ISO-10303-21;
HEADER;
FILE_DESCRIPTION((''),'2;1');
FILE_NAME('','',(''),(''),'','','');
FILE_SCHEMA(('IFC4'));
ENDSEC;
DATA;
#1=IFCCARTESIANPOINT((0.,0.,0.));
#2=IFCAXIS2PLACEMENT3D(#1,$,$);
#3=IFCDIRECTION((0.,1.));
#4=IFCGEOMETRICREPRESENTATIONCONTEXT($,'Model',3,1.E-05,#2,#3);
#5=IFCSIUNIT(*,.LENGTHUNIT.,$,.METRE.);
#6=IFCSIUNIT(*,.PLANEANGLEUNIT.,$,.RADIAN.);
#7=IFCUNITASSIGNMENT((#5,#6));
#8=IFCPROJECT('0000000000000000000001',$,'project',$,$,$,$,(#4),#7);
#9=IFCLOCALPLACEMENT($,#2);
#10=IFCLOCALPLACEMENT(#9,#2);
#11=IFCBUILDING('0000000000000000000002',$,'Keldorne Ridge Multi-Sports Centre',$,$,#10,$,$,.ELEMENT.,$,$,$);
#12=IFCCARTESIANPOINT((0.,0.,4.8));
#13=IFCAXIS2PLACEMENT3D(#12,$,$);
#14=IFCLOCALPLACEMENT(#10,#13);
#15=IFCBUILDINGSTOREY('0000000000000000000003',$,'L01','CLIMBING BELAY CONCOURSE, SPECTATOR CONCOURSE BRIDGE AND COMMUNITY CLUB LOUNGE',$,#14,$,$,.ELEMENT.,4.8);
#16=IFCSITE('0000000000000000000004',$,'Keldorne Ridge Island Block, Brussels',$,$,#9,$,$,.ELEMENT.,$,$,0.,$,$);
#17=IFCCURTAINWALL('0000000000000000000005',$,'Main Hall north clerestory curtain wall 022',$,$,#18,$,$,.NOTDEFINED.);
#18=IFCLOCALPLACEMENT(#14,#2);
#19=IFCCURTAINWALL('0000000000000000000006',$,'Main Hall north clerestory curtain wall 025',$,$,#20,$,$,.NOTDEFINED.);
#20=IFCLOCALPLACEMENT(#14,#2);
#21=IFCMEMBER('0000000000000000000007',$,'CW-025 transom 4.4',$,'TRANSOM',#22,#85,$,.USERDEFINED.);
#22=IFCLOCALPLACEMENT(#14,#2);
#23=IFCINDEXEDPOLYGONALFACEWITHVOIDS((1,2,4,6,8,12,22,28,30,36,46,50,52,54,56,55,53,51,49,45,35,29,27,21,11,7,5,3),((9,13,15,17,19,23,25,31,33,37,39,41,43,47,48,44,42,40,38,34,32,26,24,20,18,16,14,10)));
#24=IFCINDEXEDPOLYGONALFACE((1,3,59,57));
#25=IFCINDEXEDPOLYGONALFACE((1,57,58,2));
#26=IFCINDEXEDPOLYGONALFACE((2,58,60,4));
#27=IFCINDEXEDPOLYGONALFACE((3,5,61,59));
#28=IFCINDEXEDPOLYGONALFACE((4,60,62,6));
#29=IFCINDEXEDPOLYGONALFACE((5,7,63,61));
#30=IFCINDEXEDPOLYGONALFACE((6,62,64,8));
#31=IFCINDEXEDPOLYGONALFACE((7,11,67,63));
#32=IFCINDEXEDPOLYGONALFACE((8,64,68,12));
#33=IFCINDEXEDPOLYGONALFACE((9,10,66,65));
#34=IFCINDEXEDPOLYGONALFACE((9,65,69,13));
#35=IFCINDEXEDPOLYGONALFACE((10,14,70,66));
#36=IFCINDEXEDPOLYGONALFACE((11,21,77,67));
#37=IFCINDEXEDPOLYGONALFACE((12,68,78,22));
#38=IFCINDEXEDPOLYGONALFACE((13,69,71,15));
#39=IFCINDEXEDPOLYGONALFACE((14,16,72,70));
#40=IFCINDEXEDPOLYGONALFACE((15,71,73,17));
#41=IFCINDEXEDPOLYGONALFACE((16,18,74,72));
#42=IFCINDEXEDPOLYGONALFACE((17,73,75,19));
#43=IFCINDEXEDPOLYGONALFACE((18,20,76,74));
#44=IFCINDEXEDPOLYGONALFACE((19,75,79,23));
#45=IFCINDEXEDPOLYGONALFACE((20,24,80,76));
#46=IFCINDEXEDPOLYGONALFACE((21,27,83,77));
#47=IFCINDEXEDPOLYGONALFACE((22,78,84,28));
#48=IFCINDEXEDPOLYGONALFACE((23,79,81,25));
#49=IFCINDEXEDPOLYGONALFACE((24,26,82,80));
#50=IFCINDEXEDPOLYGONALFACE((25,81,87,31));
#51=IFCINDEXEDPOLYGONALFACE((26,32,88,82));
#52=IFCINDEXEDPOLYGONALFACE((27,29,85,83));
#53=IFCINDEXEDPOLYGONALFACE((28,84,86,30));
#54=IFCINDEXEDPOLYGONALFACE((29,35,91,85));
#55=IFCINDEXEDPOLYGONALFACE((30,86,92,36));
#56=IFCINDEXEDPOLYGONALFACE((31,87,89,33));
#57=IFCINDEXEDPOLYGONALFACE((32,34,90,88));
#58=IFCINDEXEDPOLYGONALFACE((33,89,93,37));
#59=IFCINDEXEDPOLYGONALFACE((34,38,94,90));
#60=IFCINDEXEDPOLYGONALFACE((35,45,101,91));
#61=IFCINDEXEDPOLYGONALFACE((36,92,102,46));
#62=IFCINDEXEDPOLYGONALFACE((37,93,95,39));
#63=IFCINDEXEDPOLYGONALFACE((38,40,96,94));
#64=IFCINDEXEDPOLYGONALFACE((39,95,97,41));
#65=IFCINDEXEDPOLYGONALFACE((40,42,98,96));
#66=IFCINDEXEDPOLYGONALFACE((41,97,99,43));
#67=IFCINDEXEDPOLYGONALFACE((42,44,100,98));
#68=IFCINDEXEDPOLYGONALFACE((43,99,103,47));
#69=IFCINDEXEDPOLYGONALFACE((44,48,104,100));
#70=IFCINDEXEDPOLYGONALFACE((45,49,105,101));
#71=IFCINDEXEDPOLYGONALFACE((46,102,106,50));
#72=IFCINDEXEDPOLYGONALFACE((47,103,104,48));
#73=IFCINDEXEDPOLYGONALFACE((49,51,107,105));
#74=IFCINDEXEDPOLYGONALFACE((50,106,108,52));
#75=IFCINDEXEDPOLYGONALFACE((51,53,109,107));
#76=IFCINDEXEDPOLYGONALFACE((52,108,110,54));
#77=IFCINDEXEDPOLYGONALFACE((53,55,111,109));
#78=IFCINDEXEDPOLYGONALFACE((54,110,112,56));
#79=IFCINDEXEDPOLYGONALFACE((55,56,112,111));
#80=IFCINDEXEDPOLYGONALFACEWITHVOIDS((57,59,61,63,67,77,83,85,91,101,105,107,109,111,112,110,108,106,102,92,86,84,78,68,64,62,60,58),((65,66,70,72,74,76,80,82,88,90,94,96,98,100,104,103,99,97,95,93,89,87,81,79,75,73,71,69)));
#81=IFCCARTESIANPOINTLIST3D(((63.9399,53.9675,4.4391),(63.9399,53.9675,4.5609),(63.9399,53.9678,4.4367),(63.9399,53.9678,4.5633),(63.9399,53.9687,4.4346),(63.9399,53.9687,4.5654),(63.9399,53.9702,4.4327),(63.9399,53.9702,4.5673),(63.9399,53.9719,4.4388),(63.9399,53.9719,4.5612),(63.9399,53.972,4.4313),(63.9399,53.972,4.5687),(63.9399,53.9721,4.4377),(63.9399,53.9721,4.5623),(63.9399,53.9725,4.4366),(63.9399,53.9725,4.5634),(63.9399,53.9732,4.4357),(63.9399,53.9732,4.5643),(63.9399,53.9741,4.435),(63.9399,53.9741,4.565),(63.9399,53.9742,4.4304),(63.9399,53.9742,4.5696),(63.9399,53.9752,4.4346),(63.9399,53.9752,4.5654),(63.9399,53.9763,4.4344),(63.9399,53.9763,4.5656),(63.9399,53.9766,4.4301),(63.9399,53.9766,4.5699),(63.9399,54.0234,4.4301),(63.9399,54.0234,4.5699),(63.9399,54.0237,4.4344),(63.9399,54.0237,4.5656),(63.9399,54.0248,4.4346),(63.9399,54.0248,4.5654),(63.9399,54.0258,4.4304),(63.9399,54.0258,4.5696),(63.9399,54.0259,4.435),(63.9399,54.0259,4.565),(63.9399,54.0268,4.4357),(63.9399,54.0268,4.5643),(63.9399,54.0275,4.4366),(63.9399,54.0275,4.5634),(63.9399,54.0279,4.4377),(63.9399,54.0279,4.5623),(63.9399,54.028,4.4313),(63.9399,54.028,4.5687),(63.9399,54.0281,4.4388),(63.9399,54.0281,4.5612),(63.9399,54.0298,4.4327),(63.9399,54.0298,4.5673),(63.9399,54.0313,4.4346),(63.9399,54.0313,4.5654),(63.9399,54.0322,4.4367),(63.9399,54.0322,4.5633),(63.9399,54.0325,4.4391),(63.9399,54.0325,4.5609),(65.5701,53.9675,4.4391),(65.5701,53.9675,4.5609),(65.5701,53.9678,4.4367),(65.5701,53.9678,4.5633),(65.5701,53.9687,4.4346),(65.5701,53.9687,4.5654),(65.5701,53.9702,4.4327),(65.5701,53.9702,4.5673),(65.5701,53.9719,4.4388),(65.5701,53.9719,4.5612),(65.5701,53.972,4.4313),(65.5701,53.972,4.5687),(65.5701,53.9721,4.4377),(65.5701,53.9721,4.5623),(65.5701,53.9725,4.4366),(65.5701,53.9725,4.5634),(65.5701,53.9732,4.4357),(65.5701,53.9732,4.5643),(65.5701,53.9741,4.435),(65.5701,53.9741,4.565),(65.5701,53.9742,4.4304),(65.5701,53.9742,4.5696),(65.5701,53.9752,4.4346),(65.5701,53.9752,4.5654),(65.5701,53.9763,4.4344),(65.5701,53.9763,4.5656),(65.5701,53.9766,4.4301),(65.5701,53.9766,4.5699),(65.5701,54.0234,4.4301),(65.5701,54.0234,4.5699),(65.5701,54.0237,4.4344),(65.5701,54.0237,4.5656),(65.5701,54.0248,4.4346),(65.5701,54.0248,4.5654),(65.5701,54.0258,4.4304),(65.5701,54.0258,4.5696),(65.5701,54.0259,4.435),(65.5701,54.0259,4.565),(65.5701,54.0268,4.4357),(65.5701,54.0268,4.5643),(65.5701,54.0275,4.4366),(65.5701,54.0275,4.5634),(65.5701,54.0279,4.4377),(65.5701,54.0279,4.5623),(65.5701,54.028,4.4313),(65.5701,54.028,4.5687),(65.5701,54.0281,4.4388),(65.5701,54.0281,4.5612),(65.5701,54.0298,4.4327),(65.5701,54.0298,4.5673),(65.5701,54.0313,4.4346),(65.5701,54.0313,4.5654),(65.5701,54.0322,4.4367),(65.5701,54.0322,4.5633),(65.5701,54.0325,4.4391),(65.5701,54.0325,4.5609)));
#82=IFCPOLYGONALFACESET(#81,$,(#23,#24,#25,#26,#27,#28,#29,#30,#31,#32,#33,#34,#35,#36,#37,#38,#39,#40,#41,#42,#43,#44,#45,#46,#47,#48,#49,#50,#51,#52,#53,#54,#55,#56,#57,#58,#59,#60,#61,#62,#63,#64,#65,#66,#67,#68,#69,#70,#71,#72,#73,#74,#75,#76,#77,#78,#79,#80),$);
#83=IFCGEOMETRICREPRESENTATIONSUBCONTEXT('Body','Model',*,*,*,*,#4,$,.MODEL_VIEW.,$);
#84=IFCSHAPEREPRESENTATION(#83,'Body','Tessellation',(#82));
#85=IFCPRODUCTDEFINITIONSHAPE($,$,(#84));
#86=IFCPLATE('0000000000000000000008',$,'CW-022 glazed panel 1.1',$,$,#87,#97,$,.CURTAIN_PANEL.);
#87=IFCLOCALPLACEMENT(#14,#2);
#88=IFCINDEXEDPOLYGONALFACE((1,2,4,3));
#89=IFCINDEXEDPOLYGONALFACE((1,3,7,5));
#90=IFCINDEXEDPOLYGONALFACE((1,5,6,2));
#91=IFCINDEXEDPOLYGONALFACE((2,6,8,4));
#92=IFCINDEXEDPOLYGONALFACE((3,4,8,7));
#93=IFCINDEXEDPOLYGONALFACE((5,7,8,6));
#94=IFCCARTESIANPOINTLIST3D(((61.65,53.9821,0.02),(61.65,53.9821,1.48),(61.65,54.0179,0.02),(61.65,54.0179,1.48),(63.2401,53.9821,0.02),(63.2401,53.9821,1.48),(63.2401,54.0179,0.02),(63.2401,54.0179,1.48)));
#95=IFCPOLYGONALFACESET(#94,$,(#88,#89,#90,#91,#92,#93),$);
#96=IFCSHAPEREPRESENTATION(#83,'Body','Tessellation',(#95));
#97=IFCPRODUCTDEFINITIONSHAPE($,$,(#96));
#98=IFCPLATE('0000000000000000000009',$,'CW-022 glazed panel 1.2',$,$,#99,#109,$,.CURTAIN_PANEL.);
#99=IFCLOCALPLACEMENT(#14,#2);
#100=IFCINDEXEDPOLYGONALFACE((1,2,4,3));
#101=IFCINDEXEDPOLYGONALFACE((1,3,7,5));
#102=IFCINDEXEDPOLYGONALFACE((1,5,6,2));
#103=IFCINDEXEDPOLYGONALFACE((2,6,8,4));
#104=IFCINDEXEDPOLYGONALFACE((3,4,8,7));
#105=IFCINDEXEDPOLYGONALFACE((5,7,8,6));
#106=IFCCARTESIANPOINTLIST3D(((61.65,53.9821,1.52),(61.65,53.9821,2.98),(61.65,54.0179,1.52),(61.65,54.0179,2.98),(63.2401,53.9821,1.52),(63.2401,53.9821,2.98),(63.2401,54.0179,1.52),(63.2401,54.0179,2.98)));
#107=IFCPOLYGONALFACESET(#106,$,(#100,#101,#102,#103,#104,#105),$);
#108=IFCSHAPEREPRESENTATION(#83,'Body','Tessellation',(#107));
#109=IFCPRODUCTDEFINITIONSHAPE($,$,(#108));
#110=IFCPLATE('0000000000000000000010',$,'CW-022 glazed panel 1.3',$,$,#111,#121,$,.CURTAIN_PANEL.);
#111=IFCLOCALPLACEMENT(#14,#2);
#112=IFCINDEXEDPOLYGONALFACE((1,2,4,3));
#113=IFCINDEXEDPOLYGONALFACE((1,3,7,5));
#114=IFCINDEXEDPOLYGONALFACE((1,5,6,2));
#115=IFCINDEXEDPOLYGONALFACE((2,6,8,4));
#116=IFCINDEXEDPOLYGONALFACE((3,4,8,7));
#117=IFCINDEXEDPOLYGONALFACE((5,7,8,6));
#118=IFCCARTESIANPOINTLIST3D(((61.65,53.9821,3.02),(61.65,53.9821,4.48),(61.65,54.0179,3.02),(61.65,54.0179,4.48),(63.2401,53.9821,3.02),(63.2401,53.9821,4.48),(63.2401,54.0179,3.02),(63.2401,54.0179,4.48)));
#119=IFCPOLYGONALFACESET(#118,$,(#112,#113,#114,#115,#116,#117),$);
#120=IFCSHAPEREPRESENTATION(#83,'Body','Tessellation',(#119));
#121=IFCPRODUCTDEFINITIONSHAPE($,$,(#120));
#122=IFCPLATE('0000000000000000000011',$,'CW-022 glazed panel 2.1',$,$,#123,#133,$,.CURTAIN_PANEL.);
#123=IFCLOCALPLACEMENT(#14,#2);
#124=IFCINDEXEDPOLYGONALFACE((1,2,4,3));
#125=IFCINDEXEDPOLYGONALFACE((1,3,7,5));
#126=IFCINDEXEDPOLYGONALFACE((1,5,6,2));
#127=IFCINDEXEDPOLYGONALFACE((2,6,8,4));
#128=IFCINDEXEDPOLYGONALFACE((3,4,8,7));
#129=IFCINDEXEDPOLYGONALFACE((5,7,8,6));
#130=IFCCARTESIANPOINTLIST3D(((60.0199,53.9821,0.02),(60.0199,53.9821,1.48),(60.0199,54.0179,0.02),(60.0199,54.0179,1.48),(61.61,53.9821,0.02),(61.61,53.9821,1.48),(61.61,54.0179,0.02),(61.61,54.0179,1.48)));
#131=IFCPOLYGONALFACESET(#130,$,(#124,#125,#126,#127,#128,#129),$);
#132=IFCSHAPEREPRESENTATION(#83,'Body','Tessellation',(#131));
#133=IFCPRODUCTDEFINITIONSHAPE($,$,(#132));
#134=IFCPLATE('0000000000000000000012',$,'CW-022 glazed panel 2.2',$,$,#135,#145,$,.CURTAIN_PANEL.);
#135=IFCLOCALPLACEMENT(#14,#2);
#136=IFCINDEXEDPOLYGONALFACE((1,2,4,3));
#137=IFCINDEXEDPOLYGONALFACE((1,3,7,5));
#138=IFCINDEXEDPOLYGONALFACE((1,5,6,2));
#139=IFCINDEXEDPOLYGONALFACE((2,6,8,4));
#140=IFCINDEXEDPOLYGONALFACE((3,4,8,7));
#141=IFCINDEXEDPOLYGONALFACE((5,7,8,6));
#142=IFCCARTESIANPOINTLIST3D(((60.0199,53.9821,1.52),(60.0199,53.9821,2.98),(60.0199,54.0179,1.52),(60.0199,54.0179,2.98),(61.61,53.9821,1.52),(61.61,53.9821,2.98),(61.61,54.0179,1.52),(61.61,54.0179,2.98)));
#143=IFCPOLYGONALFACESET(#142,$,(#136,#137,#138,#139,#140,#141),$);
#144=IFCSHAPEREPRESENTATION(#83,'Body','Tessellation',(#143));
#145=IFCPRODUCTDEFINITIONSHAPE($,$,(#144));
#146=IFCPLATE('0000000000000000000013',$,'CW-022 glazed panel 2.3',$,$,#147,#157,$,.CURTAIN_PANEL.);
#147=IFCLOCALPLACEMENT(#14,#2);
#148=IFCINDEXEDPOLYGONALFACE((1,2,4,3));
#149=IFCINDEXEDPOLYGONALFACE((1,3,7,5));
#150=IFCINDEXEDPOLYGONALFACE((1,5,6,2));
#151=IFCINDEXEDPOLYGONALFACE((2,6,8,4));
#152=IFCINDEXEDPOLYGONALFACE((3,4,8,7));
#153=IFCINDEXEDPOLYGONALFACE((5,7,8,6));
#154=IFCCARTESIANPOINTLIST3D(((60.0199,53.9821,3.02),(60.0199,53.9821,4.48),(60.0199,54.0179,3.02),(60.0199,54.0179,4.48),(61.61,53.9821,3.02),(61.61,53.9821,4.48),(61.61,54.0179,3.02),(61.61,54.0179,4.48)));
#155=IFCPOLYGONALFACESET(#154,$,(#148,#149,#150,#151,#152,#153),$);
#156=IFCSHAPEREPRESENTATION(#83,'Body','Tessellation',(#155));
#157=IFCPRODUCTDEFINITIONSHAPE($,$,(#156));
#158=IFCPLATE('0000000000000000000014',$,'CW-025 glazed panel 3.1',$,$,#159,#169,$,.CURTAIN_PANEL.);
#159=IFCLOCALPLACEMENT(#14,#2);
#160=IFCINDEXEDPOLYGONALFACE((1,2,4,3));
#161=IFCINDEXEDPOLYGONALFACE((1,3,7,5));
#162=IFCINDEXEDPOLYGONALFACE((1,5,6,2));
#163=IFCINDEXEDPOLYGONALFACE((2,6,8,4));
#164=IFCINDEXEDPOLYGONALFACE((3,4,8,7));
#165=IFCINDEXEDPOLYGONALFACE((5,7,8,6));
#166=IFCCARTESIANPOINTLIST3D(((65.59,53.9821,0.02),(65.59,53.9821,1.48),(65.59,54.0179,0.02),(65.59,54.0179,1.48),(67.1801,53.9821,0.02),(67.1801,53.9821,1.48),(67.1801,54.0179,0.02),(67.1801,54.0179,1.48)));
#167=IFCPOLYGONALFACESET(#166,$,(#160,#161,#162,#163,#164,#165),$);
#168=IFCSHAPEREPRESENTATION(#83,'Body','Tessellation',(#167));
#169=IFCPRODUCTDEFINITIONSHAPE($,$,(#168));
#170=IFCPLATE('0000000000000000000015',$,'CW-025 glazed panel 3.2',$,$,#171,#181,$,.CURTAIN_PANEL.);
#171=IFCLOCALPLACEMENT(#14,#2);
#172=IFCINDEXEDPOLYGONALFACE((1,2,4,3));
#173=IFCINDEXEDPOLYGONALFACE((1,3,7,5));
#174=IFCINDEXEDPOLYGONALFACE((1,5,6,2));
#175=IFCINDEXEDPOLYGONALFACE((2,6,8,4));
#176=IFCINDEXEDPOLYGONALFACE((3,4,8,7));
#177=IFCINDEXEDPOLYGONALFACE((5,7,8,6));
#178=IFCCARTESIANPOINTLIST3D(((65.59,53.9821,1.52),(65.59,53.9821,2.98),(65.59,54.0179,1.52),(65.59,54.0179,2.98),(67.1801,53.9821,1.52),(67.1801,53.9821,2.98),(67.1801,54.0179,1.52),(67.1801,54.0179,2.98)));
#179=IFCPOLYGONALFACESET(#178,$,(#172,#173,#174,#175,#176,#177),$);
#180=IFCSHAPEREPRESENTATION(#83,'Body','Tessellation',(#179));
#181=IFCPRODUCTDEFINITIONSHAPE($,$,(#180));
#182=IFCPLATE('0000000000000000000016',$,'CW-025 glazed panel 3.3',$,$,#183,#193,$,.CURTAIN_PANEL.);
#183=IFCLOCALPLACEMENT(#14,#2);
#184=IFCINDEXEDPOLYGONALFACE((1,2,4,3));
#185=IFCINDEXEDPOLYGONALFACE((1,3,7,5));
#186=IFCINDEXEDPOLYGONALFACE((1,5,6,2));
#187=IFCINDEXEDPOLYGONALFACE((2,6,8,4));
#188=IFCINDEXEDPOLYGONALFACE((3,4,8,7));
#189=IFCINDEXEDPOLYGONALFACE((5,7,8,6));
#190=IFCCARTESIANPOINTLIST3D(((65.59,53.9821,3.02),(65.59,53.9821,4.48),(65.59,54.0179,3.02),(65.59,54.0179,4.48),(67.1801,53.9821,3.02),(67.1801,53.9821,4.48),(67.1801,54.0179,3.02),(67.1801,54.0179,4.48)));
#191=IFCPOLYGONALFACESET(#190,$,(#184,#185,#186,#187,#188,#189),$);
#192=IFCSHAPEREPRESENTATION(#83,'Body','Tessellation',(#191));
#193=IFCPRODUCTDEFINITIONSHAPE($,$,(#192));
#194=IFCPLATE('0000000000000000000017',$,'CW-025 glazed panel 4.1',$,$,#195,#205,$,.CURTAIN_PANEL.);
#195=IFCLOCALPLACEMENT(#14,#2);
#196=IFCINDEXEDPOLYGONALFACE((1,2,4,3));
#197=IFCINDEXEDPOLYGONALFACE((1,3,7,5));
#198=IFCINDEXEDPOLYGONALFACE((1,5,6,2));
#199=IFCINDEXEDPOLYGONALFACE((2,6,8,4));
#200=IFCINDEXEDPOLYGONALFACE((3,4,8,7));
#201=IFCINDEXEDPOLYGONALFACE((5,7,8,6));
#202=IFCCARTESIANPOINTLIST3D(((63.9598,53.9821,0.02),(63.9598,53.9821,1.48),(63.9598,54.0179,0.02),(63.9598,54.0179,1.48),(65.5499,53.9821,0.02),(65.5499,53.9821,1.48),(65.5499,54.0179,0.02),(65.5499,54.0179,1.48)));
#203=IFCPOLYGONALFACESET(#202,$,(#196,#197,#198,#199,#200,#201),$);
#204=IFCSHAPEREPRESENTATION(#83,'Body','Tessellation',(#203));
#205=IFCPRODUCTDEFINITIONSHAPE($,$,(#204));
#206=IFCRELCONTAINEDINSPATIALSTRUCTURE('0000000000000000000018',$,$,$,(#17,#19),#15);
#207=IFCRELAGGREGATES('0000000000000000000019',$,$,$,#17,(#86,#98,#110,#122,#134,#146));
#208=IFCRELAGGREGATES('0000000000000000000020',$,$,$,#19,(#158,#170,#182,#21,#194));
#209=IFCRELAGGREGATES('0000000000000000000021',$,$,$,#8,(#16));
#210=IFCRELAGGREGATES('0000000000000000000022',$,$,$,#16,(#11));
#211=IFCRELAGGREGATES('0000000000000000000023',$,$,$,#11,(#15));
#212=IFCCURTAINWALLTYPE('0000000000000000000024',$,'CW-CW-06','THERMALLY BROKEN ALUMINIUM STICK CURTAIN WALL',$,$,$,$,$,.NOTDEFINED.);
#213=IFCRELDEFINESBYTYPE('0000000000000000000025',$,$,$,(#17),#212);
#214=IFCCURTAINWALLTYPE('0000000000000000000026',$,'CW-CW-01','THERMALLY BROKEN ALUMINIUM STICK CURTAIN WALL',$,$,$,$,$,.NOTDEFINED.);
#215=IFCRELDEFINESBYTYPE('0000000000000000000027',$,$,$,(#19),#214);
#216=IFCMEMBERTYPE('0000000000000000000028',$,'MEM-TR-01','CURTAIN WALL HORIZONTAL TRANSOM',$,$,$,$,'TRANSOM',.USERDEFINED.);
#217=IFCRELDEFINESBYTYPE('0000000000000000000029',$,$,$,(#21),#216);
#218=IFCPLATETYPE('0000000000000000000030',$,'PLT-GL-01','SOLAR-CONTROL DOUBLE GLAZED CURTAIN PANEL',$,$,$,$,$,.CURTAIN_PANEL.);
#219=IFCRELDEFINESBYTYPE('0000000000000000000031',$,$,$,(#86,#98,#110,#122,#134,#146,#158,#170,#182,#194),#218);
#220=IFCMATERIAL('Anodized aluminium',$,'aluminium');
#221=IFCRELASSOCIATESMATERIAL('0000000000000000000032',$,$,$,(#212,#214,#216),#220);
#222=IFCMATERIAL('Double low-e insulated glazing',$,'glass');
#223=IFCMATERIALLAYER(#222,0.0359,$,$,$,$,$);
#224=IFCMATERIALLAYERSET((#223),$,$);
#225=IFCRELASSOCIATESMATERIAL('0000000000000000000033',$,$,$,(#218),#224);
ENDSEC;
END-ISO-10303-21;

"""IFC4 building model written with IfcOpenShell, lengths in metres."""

from ifc_helpers import new_model, si_unit, direction, frame, origin, origin_2d, place, context, subcontext, project, spatial, rectangle, hollow_rectangle, extrude, material, layer, layer_set, material_profile, profile_set, type_object, element, aggregate, save


model = new_model("IFC4")

# Units and contexts
model_context = context("Model", 3, precision=1e-05, world=origin(), true_north=direction((0.0, 1.0)))
body_context = subcontext(model_context, "Body", "Model", "MODEL_VIEW")
ifc_project = project(units=[si_unit("LENGTHUNIT", "METRE"), si_unit("PLANEANGLEUNIT", "RADIAN")], contexts=[model_context])

# Site, building, storey
site_placement = place(None, origin())
site = spatial("IfcSite", under=ifc_project, at=site_placement, Name="Keldorne Ridge Island Block, Brussels", CompositionType="ELEMENT", RefElevation=0.0)
building_placement = place(site_placement, origin())
building = spatial("IfcBuilding", under=site, at=building_placement, Name="Keldorne Ridge Multi-Sports Centre", CompositionType="ELEMENT")
storey_placement = place(building_placement, frame((0.0, 0.0, 4.8)))
storey = spatial("IfcBuildingStorey", under=building, at=storey_placement, Name="L01", Description="CLIMBING BELAY CONCOURSE, SPECTATOR CONCOURSE BRIDGE AND COMMUNITY CLUB LOUNGE", CompositionType="ELEMENT", Elevation=4.8)

# Curtain walls
ifc_material_1 = material(Name="Anodized aluminium", Category="aluminium")
curtain_wall_type_1 = type_object("IfcCurtainWallType", Name="CW-CW-06", Description="THERMALLY BROKEN ALUMINIUM STICK CURTAIN WALL", PredefinedType="NOTDEFINED", material=ifc_material_1)
curtain_wall_1_placement = place(storey_placement, origin())
curtain_wall_1 = element("IfcCurtainWall", 1, at=curtain_wall_1_placement, inside=storey, type_object=curtain_wall_type_1, Name="Main Hall north clerestory curtain wall 022", PredefinedType="NOTDEFINED")
curtain_wall_type_2 = type_object("IfcCurtainWallType", Name="CW-CW-01", Description="THERMALLY BROKEN ALUMINIUM STICK CURTAIN WALL", PredefinedType="NOTDEFINED", material=ifc_material_1)
curtain_wall_2_placement = place(storey_placement, origin())
curtain_wall_2 = element("IfcCurtainWall", 2, at=curtain_wall_2_placement, inside=storey, type_object=curtain_wall_type_2, Name="Main Hall north clerestory curtain wall 025", PredefinedType="NOTDEFINED")

# Member
ifc_material_profile_1 = material_profile(ifc_material_1, hollow_rectangle(XDim=0.0649, YDim=0.1399, WallThickness=0.0044, InnerFilletRadius=0.0044, OuterFilletRadius=0.009, at=origin_2d()), Name="ALU TRANSOM 140x65x4.5")
ifc_profile_set_1 = profile_set([ifc_material_profile_1], Name="Anodized aluminium")
member_type_1 = type_object("IfcMemberType", Name="MEM-TR-01", Description="CURTAIN WALL HORIZONTAL TRANSOM", ElementType="TRANSOM", PredefinedType="USERDEFINED", material=ifc_profile_set_1)
member_1_placement = place(storey_placement, frame((65.5701, 54.0, 4.5), z_axis=(-1.0, 0.0, 0.0), x_axis=(0.0, -1.0, 0.0)))
member_1 = element("IfcMember", 3, at=member_1_placement, type_object=member_type_1, Name="CW-025 transom 4.4", ObjectType="TRANSOM", PredefinedType="USERDEFINED", context=body_context, shape_type="SweptSolid", body=[
    extrude(hollow_rectangle(XDim=0.0649, YDim=0.1399, WallThickness=0.0044, InnerFilletRadius=0.0044, OuterFilletRadius=0.009, at=origin_2d()), origin(), (0.0, 0.0, 1.0), 1.6301),
])

# Plates
ifc_material_2 = material(Name="Double low-e insulated glazing", Category="glass")
ifc_layer = layer(ifc_material_2, 0.0359)
ifc_layer_set = layer_set([ifc_layer])
plate_type = type_object("IfcPlateType", Name="PLT-GL-01", Description="SOLAR-CONTROL DOUBLE GLAZED CURTAIN PANEL", PredefinedType="CURTAIN_PANEL", material=ifc_layer_set)
plate_1_placement = place(storey_placement, frame((62.4451, 54.0, 0.02), z_axis=(0.0, 0.0, 1.0), x_axis=(-1.0, 0.0, 0.0)))
plate_1 = element("IfcPlate", 4, at=plate_1_placement, type_object=plate_type, Name="CW-022 glazed panel 1.1", PredefinedType="CURTAIN_PANEL", context=body_context, shape_type="SweptSolid", body=[
    extrude(rectangle(XDim=1.5901, YDim=0.0359, at=origin_2d()), origin(), (0.0, 0.0, 1.0), 1.46),
])
plate_2_placement = place(storey_placement, frame((62.4451, 54.0, 1.52), z_axis=(0.0, 0.0, 1.0), x_axis=(-1.0, 0.0, 0.0)))
plate_2 = element("IfcPlate", 5, at=plate_2_placement, type_object=plate_type, Name="CW-022 glazed panel 1.2", PredefinedType="CURTAIN_PANEL", context=body_context, shape_type="SweptSolid", body=[
    extrude(rectangle(XDim=1.5901, YDim=0.0359, at=origin_2d()), origin(), (0.0, 0.0, 1.0), 1.46),
])
plate_3_placement = place(storey_placement, frame((62.4451, 54.0, 3.02), z_axis=(0.0, 0.0, 1.0), x_axis=(-1.0, 0.0, 0.0)))
plate_3 = element("IfcPlate", 6, at=plate_3_placement, type_object=plate_type, Name="CW-022 glazed panel 1.3", PredefinedType="CURTAIN_PANEL", context=body_context, shape_type="SweptSolid", body=[
    extrude(rectangle(XDim=1.5901, YDim=0.0359, at=origin_2d()), origin(), (0.0, 0.0, 1.0), 1.46),
])
plate_4_placement = place(storey_placement, frame((60.8149, 54.0, 0.02), z_axis=(0.0, 0.0, 1.0), x_axis=(-1.0, 0.0, 0.0)))
plate_4 = element("IfcPlate", 7, at=plate_4_placement, type_object=plate_type, Name="CW-022 glazed panel 2.1", PredefinedType="CURTAIN_PANEL", context=body_context, shape_type="SweptSolid", body=[
    extrude(rectangle(XDim=1.5901, YDim=0.0359, at=origin_2d()), origin(), (0.0, 0.0, 1.0), 1.46),
])
plate_5_placement = place(storey_placement, frame((60.8149, 54.0, 1.52), z_axis=(0.0, 0.0, 1.0), x_axis=(-1.0, 0.0, 0.0)))
plate_5 = element("IfcPlate", 8, at=plate_5_placement, type_object=plate_type, Name="CW-022 glazed panel 2.2", PredefinedType="CURTAIN_PANEL", context=body_context, shape_type="SweptSolid", body=[
    extrude(rectangle(XDim=1.5901, YDim=0.0359, at=origin_2d()), origin(), (0.0, 0.0, 1.0), 1.46),
])
plate_6_placement = place(storey_placement, frame((60.8149, 54.0, 3.02), z_axis=(0.0, 0.0, 1.0), x_axis=(-1.0, 0.0, 0.0)))
plate_6 = element("IfcPlate", 9, at=plate_6_placement, type_object=plate_type, Name="CW-022 glazed panel 2.3", PredefinedType="CURTAIN_PANEL", context=body_context, shape_type="SweptSolid", body=[
    extrude(rectangle(XDim=1.5901, YDim=0.0359, at=origin_2d()), origin(), (0.0, 0.0, 1.0), 1.46),
])
aggregate(curtain_wall_1, [plate_1, plate_2, plate_3, plate_4, plate_5, plate_6])
plate_7_placement = place(storey_placement, frame((66.385, 54.0, 0.02), z_axis=(0.0, 0.0, 1.0), x_axis=(-1.0, 0.0, 0.0)))
plate_7 = element("IfcPlate", 10, at=plate_7_placement, type_object=plate_type, Name="CW-025 glazed panel 3.1", PredefinedType="CURTAIN_PANEL", context=body_context, shape_type="SweptSolid", body=[
    extrude(rectangle(XDim=1.5901, YDim=0.0359, at=origin_2d()), origin(), (0.0, 0.0, 1.0), 1.46),
])
plate_8_placement = place(storey_placement, frame((66.385, 54.0, 1.52), z_axis=(0.0, 0.0, 1.0), x_axis=(-1.0, 0.0, 0.0)))
plate_8 = element("IfcPlate", 11, at=plate_8_placement, type_object=plate_type, Name="CW-025 glazed panel 3.2", PredefinedType="CURTAIN_PANEL", context=body_context, shape_type="SweptSolid", body=[
    extrude(rectangle(XDim=1.5901, YDim=0.0359, at=origin_2d()), origin(), (0.0, 0.0, 1.0), 1.46),
])
plate_9_placement = place(storey_placement, frame((66.385, 54.0, 3.02), z_axis=(0.0, 0.0, 1.0), x_axis=(-1.0, 0.0, 0.0)))
plate_9 = element("IfcPlate", 12, at=plate_9_placement, type_object=plate_type, Name="CW-025 glazed panel 3.3", PredefinedType="CURTAIN_PANEL", context=body_context, shape_type="SweptSolid", body=[
    extrude(rectangle(XDim=1.5901, YDim=0.0359, at=origin_2d()), origin(), (0.0, 0.0, 1.0), 1.46),
])
plate_10_placement = place(storey_placement, frame((64.7549, 54.0, 0.02), z_axis=(0.0, 0.0, 1.0), x_axis=(-1.0, 0.0, 0.0)))
plate_10 = element("IfcPlate", 13, at=plate_10_placement, type_object=plate_type, Name="CW-025 glazed panel 4.1", PredefinedType="CURTAIN_PANEL", context=body_context, shape_type="SweptSolid", body=[
    extrude(rectangle(XDim=1.5901, YDim=0.0359, at=origin_2d()), origin(), (0.0, 0.0, 1.0), 1.46),
])
aggregate(curtain_wall_2, [plate_7, plate_8, plate_9, member_1, plate_10])

save(model, "model.ifc")
